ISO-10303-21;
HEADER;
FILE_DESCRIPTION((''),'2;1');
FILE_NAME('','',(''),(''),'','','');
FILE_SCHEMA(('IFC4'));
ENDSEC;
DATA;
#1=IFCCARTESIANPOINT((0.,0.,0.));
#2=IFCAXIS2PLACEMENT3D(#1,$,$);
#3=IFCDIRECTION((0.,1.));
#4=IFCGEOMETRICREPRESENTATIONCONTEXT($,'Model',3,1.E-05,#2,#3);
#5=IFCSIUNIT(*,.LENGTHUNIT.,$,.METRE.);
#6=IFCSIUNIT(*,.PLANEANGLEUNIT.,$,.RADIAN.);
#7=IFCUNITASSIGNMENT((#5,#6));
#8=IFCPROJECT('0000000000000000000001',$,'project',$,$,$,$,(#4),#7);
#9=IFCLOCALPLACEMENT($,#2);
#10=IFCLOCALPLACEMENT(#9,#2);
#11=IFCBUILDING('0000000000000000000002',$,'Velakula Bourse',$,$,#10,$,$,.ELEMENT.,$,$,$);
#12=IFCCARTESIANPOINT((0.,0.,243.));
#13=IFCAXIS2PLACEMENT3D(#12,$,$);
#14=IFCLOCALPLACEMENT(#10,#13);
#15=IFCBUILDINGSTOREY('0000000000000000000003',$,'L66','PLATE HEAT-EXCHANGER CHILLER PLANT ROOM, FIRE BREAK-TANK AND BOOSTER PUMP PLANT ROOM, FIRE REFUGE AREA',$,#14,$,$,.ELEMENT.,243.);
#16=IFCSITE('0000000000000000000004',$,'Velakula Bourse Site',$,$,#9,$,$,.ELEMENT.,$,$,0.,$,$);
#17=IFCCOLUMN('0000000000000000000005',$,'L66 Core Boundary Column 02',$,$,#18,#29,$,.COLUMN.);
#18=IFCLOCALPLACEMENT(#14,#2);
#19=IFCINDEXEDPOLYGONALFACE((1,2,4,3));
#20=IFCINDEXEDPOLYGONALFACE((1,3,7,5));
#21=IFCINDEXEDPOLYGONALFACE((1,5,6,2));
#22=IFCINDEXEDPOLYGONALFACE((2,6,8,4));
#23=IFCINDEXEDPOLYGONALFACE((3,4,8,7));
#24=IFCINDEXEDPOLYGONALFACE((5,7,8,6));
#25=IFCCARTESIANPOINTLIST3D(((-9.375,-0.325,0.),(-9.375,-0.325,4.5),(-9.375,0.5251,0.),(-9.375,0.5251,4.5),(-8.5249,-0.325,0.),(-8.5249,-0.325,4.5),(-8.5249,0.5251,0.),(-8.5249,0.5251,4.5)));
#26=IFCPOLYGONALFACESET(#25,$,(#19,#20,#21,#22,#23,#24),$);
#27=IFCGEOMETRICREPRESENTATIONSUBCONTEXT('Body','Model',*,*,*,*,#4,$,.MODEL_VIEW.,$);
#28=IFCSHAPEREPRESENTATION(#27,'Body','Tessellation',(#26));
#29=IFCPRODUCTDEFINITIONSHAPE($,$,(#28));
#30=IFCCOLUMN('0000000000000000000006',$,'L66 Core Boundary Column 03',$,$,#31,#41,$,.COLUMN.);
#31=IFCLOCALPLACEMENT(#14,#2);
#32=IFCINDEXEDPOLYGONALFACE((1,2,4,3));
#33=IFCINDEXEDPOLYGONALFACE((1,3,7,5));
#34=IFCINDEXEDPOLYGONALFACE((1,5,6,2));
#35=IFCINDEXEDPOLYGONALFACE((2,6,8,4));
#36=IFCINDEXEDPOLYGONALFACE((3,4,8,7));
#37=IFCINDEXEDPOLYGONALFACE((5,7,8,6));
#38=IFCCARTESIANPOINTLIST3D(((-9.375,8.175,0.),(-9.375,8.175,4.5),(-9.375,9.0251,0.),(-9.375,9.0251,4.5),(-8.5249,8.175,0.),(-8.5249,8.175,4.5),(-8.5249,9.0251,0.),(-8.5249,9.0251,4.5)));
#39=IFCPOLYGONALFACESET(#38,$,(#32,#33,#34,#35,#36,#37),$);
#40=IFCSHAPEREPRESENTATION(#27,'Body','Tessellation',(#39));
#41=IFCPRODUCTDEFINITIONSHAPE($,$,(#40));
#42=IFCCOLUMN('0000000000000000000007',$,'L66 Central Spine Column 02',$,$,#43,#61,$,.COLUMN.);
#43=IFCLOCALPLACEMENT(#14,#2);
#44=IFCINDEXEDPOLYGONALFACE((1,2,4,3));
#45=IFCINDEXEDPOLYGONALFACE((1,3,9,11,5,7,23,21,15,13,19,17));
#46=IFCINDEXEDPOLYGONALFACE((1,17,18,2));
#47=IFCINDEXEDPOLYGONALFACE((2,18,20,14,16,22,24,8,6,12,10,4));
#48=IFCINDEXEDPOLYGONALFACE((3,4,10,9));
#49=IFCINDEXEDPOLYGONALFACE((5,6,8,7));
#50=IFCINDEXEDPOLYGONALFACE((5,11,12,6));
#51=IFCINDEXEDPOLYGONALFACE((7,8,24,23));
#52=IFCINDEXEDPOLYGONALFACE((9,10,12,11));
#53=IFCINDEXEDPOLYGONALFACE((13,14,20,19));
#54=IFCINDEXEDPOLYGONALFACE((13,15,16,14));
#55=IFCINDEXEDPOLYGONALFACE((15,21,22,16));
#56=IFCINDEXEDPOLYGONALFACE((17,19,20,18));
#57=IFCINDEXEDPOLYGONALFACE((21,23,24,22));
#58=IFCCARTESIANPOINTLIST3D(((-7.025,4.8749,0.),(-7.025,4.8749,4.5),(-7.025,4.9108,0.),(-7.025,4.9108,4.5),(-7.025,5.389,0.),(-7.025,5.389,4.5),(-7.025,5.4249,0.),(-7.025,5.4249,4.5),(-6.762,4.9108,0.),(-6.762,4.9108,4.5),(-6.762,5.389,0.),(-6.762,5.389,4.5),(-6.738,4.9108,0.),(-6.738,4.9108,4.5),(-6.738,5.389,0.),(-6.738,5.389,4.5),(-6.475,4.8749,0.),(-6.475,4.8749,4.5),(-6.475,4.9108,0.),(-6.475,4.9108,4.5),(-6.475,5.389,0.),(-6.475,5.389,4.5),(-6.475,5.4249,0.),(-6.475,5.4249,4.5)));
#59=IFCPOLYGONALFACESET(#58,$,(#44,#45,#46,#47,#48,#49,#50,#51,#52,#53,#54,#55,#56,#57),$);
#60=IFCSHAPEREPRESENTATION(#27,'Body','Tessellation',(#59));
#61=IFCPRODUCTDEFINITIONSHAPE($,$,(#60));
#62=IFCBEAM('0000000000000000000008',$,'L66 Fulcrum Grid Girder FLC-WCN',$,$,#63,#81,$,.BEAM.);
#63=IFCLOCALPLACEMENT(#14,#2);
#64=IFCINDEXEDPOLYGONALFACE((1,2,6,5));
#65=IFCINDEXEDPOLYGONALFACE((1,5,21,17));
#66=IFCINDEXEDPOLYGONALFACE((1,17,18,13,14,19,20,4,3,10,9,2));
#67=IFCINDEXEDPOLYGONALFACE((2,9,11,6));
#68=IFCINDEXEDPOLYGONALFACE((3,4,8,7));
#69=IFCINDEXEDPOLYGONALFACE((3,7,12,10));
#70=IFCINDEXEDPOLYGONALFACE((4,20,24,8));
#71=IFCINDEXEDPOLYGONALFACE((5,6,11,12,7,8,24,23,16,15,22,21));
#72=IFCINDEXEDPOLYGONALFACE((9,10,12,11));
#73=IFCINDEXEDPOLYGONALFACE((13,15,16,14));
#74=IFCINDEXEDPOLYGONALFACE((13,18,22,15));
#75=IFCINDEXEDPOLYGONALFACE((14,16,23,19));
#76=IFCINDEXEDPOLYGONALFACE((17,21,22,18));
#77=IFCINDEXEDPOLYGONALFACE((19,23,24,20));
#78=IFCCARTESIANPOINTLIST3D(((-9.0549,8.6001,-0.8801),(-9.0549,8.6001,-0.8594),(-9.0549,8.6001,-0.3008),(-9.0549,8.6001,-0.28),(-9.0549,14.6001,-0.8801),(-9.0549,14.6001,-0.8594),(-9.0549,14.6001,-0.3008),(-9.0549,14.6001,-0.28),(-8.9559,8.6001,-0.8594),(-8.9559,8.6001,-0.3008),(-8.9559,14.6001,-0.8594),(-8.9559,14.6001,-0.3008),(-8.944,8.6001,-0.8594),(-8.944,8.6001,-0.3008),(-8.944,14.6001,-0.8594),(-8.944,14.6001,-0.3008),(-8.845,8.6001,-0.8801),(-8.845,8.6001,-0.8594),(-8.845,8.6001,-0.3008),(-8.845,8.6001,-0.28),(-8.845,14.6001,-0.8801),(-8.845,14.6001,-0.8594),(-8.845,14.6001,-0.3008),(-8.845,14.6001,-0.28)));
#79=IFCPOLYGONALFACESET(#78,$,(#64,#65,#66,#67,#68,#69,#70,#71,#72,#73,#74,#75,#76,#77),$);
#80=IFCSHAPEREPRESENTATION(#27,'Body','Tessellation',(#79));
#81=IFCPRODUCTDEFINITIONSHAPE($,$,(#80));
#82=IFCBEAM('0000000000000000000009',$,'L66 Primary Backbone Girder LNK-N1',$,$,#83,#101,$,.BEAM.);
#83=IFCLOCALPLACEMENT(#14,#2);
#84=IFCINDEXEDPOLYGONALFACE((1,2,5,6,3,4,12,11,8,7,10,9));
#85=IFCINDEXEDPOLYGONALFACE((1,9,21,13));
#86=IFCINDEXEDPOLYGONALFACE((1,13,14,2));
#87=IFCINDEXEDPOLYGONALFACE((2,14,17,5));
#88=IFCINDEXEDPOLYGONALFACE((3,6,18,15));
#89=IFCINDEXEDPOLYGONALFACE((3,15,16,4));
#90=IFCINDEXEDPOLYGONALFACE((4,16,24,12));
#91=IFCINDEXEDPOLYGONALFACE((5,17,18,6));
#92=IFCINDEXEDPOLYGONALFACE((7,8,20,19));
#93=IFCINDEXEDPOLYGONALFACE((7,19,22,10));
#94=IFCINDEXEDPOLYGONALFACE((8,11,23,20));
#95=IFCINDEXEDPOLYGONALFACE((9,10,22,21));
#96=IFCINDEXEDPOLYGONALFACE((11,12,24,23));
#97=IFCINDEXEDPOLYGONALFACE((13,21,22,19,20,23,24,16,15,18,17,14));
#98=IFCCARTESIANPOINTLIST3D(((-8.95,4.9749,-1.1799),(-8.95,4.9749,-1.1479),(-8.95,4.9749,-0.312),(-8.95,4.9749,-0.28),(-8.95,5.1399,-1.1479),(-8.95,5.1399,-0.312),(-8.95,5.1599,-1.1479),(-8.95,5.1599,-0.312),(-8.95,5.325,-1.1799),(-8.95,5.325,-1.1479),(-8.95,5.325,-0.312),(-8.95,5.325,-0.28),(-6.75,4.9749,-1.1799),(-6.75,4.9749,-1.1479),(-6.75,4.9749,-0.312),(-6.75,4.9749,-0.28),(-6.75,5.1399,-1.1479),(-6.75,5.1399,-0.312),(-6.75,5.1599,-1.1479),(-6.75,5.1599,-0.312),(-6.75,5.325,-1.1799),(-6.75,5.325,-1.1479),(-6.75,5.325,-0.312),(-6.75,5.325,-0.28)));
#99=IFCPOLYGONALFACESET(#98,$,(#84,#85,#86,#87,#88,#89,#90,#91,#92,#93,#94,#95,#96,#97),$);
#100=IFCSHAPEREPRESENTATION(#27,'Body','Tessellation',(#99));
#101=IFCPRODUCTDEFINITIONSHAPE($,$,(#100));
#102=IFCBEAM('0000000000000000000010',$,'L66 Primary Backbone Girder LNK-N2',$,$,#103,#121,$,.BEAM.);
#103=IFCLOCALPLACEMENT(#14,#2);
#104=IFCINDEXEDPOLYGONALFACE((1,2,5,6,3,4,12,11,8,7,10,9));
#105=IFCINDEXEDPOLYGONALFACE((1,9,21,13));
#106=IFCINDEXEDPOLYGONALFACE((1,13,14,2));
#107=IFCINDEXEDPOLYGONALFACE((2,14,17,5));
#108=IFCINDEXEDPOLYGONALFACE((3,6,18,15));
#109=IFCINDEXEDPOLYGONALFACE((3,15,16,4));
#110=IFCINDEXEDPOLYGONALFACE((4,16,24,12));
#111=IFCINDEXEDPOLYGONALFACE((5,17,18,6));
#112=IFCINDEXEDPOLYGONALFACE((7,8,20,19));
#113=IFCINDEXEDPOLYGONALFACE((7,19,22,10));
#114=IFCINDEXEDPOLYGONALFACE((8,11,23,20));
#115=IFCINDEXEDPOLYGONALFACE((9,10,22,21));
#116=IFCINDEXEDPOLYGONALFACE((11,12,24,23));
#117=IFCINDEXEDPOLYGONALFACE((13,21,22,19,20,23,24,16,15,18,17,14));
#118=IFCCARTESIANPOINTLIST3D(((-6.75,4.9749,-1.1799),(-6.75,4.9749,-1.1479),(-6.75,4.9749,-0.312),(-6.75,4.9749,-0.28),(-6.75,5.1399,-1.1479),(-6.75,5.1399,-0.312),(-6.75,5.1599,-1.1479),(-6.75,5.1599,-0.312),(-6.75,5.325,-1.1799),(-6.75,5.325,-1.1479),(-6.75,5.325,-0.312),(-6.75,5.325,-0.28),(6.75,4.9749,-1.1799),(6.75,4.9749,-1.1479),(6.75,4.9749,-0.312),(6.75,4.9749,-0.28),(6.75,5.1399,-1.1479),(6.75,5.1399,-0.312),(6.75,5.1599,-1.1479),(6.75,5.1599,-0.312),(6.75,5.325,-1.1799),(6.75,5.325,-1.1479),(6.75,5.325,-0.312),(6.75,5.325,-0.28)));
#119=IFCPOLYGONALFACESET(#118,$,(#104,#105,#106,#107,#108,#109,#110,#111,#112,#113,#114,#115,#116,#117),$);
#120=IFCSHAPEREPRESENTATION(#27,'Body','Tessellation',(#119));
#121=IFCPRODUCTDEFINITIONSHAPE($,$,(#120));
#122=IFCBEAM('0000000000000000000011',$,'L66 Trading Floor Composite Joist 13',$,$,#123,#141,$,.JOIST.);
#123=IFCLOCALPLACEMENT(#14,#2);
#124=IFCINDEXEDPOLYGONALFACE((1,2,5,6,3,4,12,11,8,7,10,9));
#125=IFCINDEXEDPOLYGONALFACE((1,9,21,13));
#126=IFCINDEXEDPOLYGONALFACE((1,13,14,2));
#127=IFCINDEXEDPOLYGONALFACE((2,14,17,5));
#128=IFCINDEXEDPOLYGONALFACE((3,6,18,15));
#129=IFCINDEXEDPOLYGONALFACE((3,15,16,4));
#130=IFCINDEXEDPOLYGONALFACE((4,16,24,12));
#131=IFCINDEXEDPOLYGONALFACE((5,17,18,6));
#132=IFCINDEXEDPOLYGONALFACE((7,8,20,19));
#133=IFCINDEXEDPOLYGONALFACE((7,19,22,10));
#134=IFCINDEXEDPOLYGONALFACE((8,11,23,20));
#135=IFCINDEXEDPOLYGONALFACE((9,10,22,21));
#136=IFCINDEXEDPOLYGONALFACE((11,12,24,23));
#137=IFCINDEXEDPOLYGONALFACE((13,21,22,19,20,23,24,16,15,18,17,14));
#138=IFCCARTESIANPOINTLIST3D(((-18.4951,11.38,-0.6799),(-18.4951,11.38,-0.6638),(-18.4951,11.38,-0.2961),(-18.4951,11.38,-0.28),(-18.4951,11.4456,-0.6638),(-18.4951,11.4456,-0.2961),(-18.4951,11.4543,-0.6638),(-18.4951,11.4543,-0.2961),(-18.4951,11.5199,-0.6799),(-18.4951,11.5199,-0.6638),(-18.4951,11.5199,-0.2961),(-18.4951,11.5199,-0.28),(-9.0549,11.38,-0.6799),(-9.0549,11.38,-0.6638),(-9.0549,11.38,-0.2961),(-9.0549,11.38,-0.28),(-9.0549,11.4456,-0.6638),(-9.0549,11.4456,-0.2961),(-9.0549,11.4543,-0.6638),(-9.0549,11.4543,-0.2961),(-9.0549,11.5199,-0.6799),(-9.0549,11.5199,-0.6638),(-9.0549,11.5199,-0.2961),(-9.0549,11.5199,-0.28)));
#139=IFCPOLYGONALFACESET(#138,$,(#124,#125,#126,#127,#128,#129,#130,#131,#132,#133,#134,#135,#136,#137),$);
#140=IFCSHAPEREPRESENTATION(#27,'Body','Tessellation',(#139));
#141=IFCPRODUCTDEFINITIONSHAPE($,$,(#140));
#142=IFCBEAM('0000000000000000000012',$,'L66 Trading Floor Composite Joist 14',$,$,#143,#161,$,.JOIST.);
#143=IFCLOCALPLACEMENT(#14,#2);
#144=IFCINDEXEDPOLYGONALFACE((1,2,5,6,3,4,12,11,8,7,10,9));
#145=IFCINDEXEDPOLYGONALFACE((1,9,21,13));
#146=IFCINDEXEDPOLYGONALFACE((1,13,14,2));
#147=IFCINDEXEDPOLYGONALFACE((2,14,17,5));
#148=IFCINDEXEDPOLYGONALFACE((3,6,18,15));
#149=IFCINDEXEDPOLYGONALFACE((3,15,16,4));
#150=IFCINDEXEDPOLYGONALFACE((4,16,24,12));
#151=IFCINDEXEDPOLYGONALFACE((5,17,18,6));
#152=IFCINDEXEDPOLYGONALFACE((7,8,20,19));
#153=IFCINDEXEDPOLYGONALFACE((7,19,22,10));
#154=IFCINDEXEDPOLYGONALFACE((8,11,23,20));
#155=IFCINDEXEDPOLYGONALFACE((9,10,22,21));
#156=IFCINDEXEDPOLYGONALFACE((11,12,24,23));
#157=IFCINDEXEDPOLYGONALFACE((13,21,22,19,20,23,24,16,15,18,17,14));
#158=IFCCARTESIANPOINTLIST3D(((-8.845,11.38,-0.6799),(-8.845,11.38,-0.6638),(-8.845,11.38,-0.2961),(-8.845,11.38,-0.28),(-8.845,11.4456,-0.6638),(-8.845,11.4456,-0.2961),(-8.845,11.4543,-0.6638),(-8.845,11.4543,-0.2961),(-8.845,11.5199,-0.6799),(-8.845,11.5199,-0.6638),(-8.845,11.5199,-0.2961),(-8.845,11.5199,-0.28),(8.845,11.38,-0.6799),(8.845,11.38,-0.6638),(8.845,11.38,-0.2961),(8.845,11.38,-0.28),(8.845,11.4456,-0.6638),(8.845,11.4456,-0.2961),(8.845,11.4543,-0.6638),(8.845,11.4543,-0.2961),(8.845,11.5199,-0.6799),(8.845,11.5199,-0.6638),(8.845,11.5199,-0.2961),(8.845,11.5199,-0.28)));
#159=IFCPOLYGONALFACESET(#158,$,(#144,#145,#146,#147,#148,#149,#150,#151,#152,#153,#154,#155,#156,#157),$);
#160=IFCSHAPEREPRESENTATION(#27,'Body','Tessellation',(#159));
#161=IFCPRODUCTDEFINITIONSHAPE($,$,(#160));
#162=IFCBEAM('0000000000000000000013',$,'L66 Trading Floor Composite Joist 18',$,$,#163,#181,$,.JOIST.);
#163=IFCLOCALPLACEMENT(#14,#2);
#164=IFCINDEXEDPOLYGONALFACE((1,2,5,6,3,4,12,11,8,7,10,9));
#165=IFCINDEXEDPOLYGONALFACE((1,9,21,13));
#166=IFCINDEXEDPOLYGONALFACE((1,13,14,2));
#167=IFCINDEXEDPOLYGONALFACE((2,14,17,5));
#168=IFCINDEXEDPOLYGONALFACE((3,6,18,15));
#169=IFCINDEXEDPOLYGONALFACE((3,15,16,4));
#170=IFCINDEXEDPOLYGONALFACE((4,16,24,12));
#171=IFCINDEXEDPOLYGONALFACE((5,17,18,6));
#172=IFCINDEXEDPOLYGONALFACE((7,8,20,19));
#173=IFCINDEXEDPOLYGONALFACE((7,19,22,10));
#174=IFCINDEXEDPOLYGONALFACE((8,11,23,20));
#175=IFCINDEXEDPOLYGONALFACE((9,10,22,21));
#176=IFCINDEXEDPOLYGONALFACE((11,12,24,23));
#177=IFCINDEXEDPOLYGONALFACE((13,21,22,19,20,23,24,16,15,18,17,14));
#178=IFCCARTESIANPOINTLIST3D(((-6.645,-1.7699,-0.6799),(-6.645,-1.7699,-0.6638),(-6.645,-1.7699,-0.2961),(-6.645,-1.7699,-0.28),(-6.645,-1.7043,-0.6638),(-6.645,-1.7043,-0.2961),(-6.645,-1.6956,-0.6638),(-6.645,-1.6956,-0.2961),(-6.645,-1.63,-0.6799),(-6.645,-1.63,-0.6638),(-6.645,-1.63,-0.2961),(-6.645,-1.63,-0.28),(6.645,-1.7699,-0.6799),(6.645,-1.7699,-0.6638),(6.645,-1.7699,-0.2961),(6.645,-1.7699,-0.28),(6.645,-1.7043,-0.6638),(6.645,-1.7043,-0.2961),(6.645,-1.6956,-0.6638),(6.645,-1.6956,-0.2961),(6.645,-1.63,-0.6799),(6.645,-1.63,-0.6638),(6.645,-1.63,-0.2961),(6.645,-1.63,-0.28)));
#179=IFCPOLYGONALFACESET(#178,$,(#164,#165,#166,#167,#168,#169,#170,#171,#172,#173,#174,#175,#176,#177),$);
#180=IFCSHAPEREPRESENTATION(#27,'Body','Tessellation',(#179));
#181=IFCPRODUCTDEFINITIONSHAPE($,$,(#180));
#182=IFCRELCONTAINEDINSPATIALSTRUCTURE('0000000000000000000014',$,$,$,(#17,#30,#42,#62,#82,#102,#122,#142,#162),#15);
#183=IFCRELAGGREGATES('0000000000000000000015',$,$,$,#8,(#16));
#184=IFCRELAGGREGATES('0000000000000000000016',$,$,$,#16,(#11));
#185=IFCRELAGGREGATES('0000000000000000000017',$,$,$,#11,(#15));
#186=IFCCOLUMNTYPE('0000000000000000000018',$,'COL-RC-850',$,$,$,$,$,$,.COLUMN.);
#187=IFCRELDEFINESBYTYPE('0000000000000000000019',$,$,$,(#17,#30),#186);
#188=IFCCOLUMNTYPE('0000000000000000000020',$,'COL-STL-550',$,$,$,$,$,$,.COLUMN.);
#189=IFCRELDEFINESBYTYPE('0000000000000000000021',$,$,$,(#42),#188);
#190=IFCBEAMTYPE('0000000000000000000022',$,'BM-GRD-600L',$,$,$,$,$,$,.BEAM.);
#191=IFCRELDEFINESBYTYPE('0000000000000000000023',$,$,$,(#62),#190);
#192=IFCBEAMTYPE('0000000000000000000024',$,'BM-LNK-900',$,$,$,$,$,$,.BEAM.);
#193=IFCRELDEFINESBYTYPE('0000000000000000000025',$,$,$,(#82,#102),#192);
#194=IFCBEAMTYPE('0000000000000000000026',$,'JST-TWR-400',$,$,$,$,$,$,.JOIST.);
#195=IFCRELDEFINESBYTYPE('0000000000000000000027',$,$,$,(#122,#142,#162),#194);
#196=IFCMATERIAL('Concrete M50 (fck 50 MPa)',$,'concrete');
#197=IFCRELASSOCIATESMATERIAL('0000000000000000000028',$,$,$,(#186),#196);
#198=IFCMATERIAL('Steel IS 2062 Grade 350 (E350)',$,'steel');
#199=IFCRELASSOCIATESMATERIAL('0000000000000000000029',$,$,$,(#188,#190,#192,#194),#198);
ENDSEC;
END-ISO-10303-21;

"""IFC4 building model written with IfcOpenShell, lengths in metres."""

from ifc_helpers import new_model, si_unit, direction, frame, origin, origin_2d, place, context, subcontext, project, spatial, rectangle, i_section, extrude, material, material_profile, profile_set, type_object, element, save


model = new_model("IFC4")

# Units and contexts
model_context = context("Model", 3, precision=1e-05, world=origin(), true_north=direction((0.0, 1.0)))
body_context = subcontext(model_context, "Body", "Model", "MODEL_VIEW")
ifc_project = project(units=[si_unit("LENGTHUNIT", "METRE"), si_unit("PLANEANGLEUNIT", "RADIAN")], contexts=[model_context])

# Site, building, storey
site_placement = place(None, origin())
site = spatial("IfcSite", under=ifc_project, at=site_placement, Name="Velakula Bourse Site", CompositionType="ELEMENT", RefElevation=0.0)
building_placement = place(site_placement, origin())
building = spatial("IfcBuilding", under=site, at=building_placement, Name="Velakula Bourse", CompositionType="ELEMENT")
storey_placement = place(building_placement, frame((0.0, 0.0, 243.0)))
storey = spatial("IfcBuildingStorey", under=building, at=storey_placement, Name="L66", Description="PLATE HEAT-EXCHANGER CHILLER PLANT ROOM, FIRE BREAK-TANK AND BOOSTER PUMP PLANT ROOM, FIRE REFUGE AREA", CompositionType="ELEMENT", Elevation=243.0)

# Columns
ifc_material_1 = material(Name="Concrete M50 (fck 50 MPa)", Category="concrete")
ifc_material_profile_1 = material_profile(ifc_material_1, rectangle(XDim=0.8501, YDim=0.8501, at=origin_2d()), Name="Concrete M50 (fck 50 MPa)")
ifc_profile_set_1 = profile_set([ifc_material_profile_1], Name="Concrete M50 (fck 50 MPa)")
column_type_1 = type_object("IfcColumnType", Name="COL-RC-850", PredefinedType="COLUMN", material=ifc_profile_set_1)
for number, where, z_axis, x_axis, name in (
    (1, (-8.95, 0.1001, 0.0), (0.0, 0.0, 1.0), (1.0, 0.0, 0.0), "L66 Core Boundary Column 02"),
    (2, (-8.95, 8.6001, 0.0), (0.0, 0.0, 1.0), (1.0, 0.0, 0.0), "L66 Core Boundary Column 03"),
):
    element("IfcColumn", number, at=place(storey_placement, frame(where, z_axis=z_axis, x_axis=x_axis)), inside=storey, type_object=column_type_1, Name=name, PredefinedType="COLUMN", context=body_context, shape_type="SweptSolid", body=[
        extrude(rectangle(XDim=0.8501, YDim=0.8501, at=origin_2d()), origin(), (0.0, 0.0, 1.0), 4.5),
    ])
ifc_material_2 = material(Name="Steel IS 2062 Grade 350 (E350)", Category="steel")
ifc_material_profile_2 = material_profile(ifc_material_2, i_section(OverallWidth=0.55, OverallDepth=0.55, WebThickness=0.0239, FlangeThickness=0.0359, at=origin_2d()), Name="Steel IS 2062 Grade 350 (E350)")
ifc_profile_set_2 = profile_set([ifc_material_profile_2], Name="Steel IS 2062 Grade 350 (E350)")
column_type_2 = type_object("IfcColumnType", Name="COL-STL-550", PredefinedType="COLUMN", material=ifc_profile_set_2)
column_placement = place(storey_placement, frame((-6.75, 5.1499, 0.0), z_axis=(0.0, 0.0, 1.0), x_axis=(1.0, 0.0, 0.0)))
element("IfcColumn", 3, at=column_placement, inside=storey, type_object=column_type_2, Name="L66 Central Spine Column 02", PredefinedType="COLUMN", context=body_context, shape_type="SweptSolid", body=[
    extrude(i_section(OverallWidth=0.55, OverallDepth=0.55, WebThickness=0.0239, FlangeThickness=0.0359, at=origin_2d()), origin(), (0.0, 0.0, 1.0), 4.5),
])

# Beams
ifc_material_profile_3 = material_profile(ifc_material_2, i_section(OverallWidth=0.21, OverallDepth=0.6001, WebThickness=0.012, FlangeThickness=0.0208, at=origin_2d()), Name="Steel IS 2062 Grade 350 (E350)")
ifc_profile_set_3 = profile_set([ifc_material_profile_3], Name="Steel IS 2062 Grade 350 (E350)")
beam_type_1 = type_object("IfcBeamType", Name="BM-GRD-600L", PredefinedType="BEAM", material=ifc_profile_set_3)
beam_1_placement = place(storey_placement, frame((-8.95, 8.6001, -0.5801), z_axis=(0.0, 1.0, 0.0), x_axis=(-1.0, 0.0, 0.0)))
element("IfcBeam", 4, at=beam_1_placement, inside=storey, type_object=beam_type_1, Name="L66 Fulcrum Grid Girder FLC-WCN", PredefinedType="BEAM", context=body_context, shape_type="SweptSolid", body=[
    extrude(i_section(OverallWidth=0.21, OverallDepth=0.6001, WebThickness=0.012, FlangeThickness=0.0208, at=origin_2d()), origin(), (0.0, 0.0, 1.0), 6.0),
])
ifc_material_profile_4 = material_profile(ifc_material_2, i_section(OverallWidth=0.3501, OverallDepth=0.8999, WebThickness=0.02, FlangeThickness=0.032, at=origin_2d()), Name="Steel IS 2062 Grade 350 (E350)")
ifc_profile_set_4 = profile_set([ifc_material_profile_4], Name="Steel IS 2062 Grade 350 (E350)")
beam_type_2 = type_object("IfcBeamType", Name="BM-LNK-900", PredefinedType="BEAM", material=ifc_profile_set_4)
beam_2_placement = place(storey_placement, frame((-8.95, 5.1499, -0.73), z_axis=(1.0, 0.0, 0.0), x_axis=(0.0, 1.0, 0.0)))
element("IfcBeam", 5, at=beam_2_placement, inside=storey, type_object=beam_type_2, Name="L66 Primary Backbone Girder LNK-N1", PredefinedType="BEAM", context=body_context, shape_type="SweptSolid", body=[
    extrude(i_section(OverallWidth=0.3501, OverallDepth=0.8999, WebThickness=0.02, FlangeThickness=0.032, at=origin_2d()), origin(), (0.0, 0.0, 1.0), 2.2),
])
beam_3_placement = place(storey_placement, frame((-6.75, 5.1499, -0.73), z_axis=(1.0, 0.0, 0.0), x_axis=(0.0, 1.0, 0.0)))
element("IfcBeam", 6, at=beam_3_placement, inside=storey, type_object=beam_type_2, Name="L66 Primary Backbone Girder LNK-N2", PredefinedType="BEAM", context=body_context, shape_type="SweptSolid", body=[
    extrude(i_section(OverallWidth=0.3501, OverallDepth=0.8999, WebThickness=0.02, FlangeThickness=0.032, at=origin_2d()), origin(), (0.0, 0.0, 1.0), 13.5),
])
ifc_material_profile_5 = material_profile(ifc_material_2, i_section(OverallWidth=0.1399, OverallDepth=0.3999, WebThickness=0.0088, FlangeThickness=0.0161, at=origin_2d()), Name="Steel IS 2062 Grade 350 (E350)")
ifc_profile_set_5 = profile_set([ifc_material_profile_5], Name="Steel IS 2062 Grade 350 (E350)")
beam_type_3 = type_object("IfcBeamType", Name="JST-TWR-400", PredefinedType="JOIST", material=ifc_profile_set_5)
beam_4_placement = place(storey_placement, frame((-18.4951, 11.45, -0.48), z_axis=(1.0, 0.0, 0.0), x_axis=(0.0, 1.0, 0.0)))
element("IfcBeam", 7, at=beam_4_placement, inside=storey, type_object=beam_type_3, Name="L66 Trading Floor Composite Joist 13", PredefinedType="JOIST", context=body_context, shape_type="SweptSolid", body=[
    extrude(i_section(OverallWidth=0.1399, OverallDepth=0.3999, WebThickness=0.0088, FlangeThickness=0.0161, at=origin_2d()), origin(), (0.0, 0.0, 1.0), 9.4402),
])
beam_5_placement = place(storey_placement, frame((-8.845, 11.45, -0.48), z_axis=(1.0, 0.0, 0.0), x_axis=(0.0, 1.0, 0.0)))
element("IfcBeam", 8, at=beam_5_placement, inside=storey, type_object=beam_type_3, Name="L66 Trading Floor Composite Joist 14", PredefinedType="JOIST", context=body_context, shape_type="SweptSolid", body=[
    extrude(i_section(OverallWidth=0.1399, OverallDepth=0.3999, WebThickness=0.0088, FlangeThickness=0.0161, at=origin_2d()), origin(), (0.0, 0.0, 1.0), 17.6899),
])
for number, where, z_axis, x_axis, name in (
    (9, (-6.645, -1.7, -0.48), (1.0, 0.0, 0.0), (0.0, 1.0, 0.0), "L66 Trading Floor Composite Joist 18"),
):
    element("IfcBeam", number, at=place(storey_placement, frame(where, z_axis=z_axis, x_axis=x_axis)), inside=storey, type_object=beam_type_3, Name=name, PredefinedType="JOIST", context=body_context, shape_type="SweptSolid", body=[
        extrude(i_section(OverallWidth=0.1399, OverallDepth=0.3999, WebThickness=0.0088, FlangeThickness=0.0161, at=origin_2d()), origin(), (0.0, 0.0, 1.0), 13.29),
    ])

save(model, "model.ifc")
